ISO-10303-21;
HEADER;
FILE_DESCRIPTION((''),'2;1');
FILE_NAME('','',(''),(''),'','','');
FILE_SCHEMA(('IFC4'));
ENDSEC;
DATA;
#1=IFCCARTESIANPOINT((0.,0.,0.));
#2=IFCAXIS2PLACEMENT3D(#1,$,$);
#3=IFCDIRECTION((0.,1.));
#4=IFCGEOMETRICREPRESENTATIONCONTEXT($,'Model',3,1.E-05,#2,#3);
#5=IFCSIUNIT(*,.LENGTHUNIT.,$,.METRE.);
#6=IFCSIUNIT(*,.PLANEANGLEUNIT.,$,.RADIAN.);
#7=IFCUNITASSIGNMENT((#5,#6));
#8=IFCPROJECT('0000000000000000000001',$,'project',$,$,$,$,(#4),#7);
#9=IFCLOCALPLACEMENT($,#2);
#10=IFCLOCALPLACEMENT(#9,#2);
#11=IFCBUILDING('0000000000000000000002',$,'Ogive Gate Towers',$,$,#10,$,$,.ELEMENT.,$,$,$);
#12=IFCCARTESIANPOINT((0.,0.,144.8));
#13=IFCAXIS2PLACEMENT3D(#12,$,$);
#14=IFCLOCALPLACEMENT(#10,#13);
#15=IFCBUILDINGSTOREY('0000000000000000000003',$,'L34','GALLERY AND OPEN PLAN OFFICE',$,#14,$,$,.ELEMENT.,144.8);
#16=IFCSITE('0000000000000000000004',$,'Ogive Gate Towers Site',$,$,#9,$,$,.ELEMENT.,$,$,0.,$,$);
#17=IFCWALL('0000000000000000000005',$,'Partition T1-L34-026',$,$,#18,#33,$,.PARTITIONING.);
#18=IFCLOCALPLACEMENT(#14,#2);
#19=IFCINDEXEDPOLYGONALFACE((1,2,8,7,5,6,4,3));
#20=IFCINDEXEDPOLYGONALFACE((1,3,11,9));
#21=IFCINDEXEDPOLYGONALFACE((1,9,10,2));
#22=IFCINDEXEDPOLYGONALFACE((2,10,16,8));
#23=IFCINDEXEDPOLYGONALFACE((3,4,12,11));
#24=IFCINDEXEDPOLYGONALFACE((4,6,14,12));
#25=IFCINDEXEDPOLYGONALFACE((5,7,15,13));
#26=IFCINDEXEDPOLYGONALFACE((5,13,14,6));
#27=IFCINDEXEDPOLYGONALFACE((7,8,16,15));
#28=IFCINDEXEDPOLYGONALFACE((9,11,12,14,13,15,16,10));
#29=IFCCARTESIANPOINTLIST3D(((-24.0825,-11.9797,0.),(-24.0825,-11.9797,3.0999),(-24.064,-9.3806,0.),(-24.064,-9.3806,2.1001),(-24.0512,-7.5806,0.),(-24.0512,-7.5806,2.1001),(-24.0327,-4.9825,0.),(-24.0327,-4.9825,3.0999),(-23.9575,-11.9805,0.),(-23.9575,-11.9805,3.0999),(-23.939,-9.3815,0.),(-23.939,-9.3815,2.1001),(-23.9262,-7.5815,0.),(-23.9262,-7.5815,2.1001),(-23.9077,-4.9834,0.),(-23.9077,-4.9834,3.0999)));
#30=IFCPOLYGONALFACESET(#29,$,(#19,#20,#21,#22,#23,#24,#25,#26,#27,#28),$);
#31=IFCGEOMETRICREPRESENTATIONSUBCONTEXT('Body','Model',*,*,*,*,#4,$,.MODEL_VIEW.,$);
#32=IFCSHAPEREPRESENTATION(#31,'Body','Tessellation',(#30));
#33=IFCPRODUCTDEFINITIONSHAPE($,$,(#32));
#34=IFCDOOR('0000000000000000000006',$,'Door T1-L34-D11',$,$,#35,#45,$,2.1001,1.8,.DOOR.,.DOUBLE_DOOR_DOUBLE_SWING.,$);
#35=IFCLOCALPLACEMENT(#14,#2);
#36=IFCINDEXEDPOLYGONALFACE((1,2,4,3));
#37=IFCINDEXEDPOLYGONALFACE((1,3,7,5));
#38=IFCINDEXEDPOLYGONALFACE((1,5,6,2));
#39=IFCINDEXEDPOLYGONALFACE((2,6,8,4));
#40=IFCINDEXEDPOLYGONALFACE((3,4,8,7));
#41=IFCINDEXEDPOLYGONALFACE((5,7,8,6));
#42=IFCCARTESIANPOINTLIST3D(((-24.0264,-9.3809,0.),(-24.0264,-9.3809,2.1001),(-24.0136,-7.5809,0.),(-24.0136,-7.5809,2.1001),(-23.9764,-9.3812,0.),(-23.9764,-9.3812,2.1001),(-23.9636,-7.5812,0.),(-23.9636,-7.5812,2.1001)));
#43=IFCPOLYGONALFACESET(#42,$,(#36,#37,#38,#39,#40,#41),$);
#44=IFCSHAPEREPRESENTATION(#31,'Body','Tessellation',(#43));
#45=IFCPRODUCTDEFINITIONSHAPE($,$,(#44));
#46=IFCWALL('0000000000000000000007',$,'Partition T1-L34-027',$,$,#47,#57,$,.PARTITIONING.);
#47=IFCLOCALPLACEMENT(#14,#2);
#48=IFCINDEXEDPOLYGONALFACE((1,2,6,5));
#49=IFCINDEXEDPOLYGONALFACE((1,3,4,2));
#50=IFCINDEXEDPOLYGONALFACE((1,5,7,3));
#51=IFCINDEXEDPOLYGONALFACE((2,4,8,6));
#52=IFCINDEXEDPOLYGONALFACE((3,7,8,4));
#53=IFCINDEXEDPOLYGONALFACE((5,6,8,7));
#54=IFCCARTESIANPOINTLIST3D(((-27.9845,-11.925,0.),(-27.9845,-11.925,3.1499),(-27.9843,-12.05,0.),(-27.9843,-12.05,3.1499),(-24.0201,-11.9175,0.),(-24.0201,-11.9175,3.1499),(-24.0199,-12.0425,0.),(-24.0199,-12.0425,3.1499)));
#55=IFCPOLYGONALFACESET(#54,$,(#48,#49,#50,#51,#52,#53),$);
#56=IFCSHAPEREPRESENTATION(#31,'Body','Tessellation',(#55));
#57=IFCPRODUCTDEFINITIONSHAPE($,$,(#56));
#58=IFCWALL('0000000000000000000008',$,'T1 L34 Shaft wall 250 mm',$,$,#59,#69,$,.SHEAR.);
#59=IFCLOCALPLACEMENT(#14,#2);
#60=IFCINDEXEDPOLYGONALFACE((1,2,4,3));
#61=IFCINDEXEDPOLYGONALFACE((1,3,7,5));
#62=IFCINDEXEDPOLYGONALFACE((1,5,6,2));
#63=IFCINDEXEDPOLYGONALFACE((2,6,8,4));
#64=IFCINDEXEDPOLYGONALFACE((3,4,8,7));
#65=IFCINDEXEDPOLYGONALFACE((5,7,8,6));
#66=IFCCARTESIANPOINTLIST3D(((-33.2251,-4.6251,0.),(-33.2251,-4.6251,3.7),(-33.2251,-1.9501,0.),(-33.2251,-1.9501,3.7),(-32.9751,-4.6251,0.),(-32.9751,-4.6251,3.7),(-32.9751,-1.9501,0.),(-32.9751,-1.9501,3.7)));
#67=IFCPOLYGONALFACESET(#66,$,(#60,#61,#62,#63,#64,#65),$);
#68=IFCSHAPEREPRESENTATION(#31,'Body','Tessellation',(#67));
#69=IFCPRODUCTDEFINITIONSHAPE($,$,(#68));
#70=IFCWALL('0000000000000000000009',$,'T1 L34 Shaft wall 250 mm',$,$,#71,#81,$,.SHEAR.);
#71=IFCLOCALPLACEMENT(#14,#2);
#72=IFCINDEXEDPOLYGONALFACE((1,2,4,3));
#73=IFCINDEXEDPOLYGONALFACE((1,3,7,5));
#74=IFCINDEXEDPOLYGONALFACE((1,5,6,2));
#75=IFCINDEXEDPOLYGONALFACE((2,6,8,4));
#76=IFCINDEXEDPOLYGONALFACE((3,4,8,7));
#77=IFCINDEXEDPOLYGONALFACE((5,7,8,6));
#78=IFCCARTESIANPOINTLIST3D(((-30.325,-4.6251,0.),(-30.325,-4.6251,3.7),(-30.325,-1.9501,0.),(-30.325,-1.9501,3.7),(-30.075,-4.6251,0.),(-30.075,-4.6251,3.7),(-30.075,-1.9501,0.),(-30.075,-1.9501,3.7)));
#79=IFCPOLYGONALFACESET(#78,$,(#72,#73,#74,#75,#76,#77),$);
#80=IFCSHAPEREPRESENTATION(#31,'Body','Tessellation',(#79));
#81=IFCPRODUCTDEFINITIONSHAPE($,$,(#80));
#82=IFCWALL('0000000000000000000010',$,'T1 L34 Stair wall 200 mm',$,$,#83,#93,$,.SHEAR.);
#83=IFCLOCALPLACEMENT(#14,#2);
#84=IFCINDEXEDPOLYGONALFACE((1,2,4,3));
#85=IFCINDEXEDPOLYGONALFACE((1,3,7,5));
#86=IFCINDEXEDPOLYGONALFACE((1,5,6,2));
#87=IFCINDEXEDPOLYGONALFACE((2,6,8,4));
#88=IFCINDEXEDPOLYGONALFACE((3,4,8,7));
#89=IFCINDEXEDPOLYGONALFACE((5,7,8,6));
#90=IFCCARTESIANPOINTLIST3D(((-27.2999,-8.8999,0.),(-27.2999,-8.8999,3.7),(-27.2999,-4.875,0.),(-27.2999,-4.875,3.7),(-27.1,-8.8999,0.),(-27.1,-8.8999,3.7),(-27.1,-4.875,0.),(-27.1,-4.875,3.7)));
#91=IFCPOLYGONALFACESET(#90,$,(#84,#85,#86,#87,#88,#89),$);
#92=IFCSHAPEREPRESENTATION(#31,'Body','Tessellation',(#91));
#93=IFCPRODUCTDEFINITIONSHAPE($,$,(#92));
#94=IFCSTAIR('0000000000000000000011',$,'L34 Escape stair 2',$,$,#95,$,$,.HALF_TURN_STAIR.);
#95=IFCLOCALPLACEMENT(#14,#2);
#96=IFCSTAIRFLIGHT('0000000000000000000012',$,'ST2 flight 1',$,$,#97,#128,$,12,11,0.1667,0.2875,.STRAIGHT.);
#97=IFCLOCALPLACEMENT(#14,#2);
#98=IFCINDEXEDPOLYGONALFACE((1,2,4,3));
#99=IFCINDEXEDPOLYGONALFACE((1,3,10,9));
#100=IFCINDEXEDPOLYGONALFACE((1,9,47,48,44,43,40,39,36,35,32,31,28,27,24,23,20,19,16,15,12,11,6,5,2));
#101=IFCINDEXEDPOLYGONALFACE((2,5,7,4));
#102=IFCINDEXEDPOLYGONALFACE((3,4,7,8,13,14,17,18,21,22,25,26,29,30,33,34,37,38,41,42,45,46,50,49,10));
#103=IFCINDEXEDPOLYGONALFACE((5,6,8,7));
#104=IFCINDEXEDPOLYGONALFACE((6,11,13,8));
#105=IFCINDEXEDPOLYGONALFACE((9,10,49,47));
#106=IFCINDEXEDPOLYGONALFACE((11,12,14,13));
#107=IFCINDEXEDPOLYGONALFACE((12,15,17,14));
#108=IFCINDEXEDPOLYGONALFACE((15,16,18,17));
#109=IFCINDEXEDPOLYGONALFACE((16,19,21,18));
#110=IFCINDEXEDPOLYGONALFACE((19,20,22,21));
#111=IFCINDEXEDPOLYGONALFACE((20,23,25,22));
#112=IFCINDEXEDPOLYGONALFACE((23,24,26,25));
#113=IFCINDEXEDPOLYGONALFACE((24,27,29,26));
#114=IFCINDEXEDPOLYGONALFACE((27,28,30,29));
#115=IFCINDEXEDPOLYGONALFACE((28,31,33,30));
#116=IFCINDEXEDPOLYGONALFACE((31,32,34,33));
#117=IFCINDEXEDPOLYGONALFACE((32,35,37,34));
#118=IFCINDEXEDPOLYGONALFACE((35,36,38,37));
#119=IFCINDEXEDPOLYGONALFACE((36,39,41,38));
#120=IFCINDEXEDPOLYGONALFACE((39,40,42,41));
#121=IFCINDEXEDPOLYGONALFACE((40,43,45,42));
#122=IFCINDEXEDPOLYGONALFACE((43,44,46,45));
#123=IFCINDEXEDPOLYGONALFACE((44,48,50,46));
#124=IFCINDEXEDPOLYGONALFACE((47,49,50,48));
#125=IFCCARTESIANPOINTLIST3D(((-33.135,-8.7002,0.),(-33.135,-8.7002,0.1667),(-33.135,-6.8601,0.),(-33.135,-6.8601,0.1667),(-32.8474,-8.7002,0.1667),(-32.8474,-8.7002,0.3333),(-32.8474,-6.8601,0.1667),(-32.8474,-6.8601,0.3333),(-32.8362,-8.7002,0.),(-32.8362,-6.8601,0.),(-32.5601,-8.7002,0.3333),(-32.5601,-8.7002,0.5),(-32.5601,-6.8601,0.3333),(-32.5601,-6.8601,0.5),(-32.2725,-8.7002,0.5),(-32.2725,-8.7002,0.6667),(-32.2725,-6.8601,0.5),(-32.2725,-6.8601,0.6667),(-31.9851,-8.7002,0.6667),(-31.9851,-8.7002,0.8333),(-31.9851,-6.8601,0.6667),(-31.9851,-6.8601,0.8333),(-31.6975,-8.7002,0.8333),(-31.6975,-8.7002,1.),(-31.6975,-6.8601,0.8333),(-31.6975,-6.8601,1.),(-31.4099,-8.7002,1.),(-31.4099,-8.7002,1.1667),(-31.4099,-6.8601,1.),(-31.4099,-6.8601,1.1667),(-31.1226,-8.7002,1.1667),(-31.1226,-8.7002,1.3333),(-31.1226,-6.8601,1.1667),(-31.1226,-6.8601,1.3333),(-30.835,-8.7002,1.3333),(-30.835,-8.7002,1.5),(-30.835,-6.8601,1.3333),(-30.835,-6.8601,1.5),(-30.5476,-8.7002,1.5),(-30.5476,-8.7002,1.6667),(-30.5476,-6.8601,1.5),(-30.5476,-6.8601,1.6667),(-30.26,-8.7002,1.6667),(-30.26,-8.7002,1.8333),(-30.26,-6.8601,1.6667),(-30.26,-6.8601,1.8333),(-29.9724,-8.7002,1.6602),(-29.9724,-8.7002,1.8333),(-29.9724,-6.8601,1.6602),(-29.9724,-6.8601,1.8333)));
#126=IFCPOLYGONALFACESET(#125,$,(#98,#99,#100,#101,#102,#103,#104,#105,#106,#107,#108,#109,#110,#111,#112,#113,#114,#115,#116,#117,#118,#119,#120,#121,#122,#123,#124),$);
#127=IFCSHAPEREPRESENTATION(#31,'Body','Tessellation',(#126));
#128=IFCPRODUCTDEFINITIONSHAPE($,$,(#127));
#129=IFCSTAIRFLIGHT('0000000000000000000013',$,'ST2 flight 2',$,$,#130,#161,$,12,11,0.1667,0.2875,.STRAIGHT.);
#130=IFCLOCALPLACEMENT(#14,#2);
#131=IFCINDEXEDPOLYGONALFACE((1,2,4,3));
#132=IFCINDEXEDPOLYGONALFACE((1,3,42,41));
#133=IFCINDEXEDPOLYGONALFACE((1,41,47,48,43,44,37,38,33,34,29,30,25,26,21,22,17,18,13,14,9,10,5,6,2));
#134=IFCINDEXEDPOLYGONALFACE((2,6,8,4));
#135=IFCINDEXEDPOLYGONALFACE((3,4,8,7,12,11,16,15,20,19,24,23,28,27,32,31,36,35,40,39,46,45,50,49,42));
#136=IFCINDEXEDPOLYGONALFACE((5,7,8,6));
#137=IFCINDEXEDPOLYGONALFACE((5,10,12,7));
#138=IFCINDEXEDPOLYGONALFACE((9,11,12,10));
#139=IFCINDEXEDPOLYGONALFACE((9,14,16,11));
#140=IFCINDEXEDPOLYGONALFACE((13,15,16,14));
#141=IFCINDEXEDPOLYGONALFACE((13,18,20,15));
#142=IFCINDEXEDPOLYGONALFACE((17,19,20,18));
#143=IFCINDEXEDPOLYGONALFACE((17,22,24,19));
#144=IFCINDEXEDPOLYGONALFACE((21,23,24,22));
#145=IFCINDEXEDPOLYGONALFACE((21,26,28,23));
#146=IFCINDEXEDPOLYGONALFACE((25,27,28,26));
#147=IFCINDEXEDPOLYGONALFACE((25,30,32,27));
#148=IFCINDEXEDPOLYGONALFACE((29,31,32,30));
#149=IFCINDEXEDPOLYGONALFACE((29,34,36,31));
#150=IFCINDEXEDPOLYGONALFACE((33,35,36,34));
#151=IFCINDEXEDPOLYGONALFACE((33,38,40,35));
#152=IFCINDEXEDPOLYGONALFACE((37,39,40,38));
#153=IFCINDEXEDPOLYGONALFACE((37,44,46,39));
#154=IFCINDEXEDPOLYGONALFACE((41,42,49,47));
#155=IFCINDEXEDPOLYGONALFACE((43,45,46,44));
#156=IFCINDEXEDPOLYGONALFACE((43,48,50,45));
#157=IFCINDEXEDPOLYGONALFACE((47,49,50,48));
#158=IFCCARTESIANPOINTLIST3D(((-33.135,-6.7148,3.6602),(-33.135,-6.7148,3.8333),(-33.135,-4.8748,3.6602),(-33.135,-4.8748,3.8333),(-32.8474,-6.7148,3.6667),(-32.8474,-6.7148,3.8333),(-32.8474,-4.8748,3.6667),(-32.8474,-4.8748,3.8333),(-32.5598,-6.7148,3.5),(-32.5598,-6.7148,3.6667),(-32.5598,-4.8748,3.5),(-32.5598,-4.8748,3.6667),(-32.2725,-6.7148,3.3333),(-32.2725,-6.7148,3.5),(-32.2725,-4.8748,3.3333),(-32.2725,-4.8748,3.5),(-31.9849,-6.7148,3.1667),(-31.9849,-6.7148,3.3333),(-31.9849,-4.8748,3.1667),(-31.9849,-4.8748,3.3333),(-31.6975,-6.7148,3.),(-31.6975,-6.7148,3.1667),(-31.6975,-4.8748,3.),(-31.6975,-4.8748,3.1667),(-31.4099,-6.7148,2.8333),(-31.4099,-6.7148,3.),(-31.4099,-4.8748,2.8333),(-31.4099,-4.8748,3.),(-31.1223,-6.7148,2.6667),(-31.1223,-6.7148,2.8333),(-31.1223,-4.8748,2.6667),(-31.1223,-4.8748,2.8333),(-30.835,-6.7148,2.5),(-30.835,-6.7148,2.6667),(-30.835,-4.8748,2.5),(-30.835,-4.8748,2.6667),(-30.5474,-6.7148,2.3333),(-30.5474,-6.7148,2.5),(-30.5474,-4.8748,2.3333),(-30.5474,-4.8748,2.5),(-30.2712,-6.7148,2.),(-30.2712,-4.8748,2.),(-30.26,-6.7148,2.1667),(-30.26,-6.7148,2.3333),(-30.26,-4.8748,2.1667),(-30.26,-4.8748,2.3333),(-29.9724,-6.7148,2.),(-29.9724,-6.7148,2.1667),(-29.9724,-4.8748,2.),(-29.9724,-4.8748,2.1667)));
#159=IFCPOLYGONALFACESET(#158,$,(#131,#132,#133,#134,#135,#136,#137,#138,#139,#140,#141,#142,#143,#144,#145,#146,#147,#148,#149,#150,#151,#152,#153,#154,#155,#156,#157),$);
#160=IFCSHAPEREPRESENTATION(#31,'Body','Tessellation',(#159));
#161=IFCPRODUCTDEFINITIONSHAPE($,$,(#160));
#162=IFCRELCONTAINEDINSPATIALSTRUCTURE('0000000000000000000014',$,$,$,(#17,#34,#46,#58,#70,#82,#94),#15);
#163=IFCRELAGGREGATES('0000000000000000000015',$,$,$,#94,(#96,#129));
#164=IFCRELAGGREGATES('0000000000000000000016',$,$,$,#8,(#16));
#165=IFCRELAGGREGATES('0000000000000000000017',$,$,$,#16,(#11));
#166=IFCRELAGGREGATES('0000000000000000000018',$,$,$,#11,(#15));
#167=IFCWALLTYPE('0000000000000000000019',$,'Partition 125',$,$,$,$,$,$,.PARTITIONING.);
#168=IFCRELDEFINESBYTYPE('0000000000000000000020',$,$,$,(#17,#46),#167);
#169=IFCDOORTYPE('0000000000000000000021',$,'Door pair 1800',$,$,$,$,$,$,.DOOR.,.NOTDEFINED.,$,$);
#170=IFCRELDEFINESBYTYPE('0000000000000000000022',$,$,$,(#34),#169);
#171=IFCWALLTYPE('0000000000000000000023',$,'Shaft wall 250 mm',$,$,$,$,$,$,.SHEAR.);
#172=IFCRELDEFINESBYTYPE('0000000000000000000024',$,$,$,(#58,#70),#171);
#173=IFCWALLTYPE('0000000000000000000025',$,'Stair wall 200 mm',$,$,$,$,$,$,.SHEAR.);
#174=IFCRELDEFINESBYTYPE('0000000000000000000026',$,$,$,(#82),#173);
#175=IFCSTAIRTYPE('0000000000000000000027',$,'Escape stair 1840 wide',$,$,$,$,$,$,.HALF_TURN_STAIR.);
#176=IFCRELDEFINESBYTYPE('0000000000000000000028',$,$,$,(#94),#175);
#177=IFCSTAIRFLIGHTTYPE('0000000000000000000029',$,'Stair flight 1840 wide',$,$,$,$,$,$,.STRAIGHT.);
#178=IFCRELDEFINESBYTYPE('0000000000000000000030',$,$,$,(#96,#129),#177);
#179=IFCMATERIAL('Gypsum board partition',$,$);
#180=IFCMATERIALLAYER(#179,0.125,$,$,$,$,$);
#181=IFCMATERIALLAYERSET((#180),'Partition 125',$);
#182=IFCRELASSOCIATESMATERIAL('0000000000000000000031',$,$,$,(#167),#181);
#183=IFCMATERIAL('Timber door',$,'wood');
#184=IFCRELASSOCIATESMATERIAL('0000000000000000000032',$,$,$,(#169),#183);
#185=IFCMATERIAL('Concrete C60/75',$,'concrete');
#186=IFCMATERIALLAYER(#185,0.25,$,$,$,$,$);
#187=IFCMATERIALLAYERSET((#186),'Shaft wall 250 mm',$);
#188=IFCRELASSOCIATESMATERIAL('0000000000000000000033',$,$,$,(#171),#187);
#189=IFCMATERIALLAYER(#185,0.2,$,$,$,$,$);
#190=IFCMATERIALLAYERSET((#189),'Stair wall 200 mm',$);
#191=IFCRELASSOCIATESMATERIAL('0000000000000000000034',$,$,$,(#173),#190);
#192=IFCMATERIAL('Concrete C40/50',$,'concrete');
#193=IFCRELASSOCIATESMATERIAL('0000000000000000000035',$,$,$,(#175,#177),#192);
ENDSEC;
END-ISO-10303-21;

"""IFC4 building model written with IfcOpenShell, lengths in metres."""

from ifc_helpers import new_model, si_unit, direction, frame, frame_2d, origin, place, context, subcontext, project, spatial, polyline, rectangle, outline, extrude, material, layer, layer_set, type_object, element, fill, aggregate, save


model = new_model("IFC4")

# Units and contexts
model_context = context("Model", 3, precision=1e-05, world=origin(), true_north=direction((0.0, 1.0)))
body_context = subcontext(model_context, "Body", "Model", "MODEL_VIEW")
ifc_project = project(units=[si_unit("LENGTHUNIT", "METRE"), si_unit("PLANEANGLEUNIT", "RADIAN")], contexts=[model_context])

# Site, building, storey
site_placement = place(None, origin())
site = spatial("IfcSite", under=ifc_project, at=site_placement, Name="Ogive Gate Towers Site", CompositionType="ELEMENT", RefElevation=0.0)
building_placement = place(site_placement, origin())
building = spatial("IfcBuilding", under=site, at=building_placement, Name="Ogive Gate Towers", CompositionType="ELEMENT")
storey_placement = place(building_placement, frame((0.0, 0.0, 144.8)))
storey = spatial("IfcBuildingStorey", under=building, at=storey_placement, Name="L34", Description="GALLERY AND OPEN PLAN OFFICE", CompositionType="ELEMENT", Elevation=144.8)

# Shared definitions
ifc_material_1 = material(Name="Concrete C60/75", Category="concrete")

# Shared definitions
ifc_material_2 = material(Name="Gypsum board partition")
ifc_layer_1 = layer(ifc_material_2, 0.125)
ifc_layer_set_1 = layer_set([ifc_layer_1], Name="Partition 125")
wall_type_1 = type_object("IfcWallType", Name="Partition 125", PredefinedType="PARTITIONING", material=ifc_layer_set_1)

# Wall, opening, door
wall_1_placement = place(storey_placement, frame((-24.02, -11.98, 0.0), z_axis=(0.0, 0.0, 1.0), x_axis=(0.007118, 0.999975, 0.0)))
wall_1 = element("IfcWall", 1, at=wall_1_placement, inside=storey, type_object=wall_type_1, Name="Partition T1-L34-026", PredefinedType="PARTITIONING", context=body_context, shape_type="SweptSolid", body=[
    extrude(rectangle(XDim=6.9973, YDim=0.125, at=frame_2d((3.4985, 0.0))), origin(), (0.0, 0.0, 1.0), 3.0999),
])
opening_1_placement = place(wall_1_placement, frame((2.5991, 0.0, 0.0)))
opening_1 = element("IfcOpeningElement", 2, at=opening_1_placement, cuts=wall_1, PredefinedType="OPENING", context=body_context, shape_type="SweptSolid", body=[
    extrude(rectangle(XDim=1.8, YDim=2.1001, at=frame_2d((0.8999, 1.05))), frame((0.0, 0.0725, 0.0), z_axis=(0.0, -1.0, 0.0), x_axis=(1.0, 0.0, 0.0)), (0.0, 0.0, 1.0), 0.145),
])
ifc_material_3 = material(Name="Timber door", Category="wood")
door_type_1 = type_object("IfcDoorType", Name="Door pair 1800", OperationType="NOTDEFINED", PredefinedType="DOOR", material=ifc_material_3)
door_1_placement = place(opening_1_placement, origin())
door_1 = element("IfcDoor", 3, at=door_1_placement, inside=storey, type_object=door_type_1, Name="Door T1-L34-D11", OperationType="DOUBLE_DOOR_DOUBLE_SWING", OverallHeight=2.1001, OverallWidth=1.8, PredefinedType="DOOR", context=body_context, shape_type="SweptSolid", body=[
    extrude(rectangle(XDim=1.8, YDim=2.1001, at=frame_2d((0.8999, 1.05))), frame((0.0, 0.0249, 0.0), z_axis=(0.0, -1.0, 0.0), x_axis=(1.0, 0.0, 0.0)), (0.0, 0.0, 1.0), 0.05),
])
fill(opening_1, door_1)

# Walls
wall_2_placement = place(storey_placement, frame((-27.9844, -11.9875, 0.0), z_axis=(0.0, 0.0, 1.0), x_axis=(0.999998, 0.001909, 0.0)))
element("IfcWall", 4, at=wall_2_placement, inside=storey, type_object=wall_type_1, Name="Partition T1-L34-027", PredefinedType="PARTITIONING", context=body_context, shape_type="SweptSolid", body=[
    extrude(rectangle(XDim=3.9644, YDim=0.125, at=frame_2d((1.9822, 0.0))), origin(), (0.0, 0.0, 1.0), 3.1499),
])
ifc_layer_2 = layer(ifc_material_1, 0.25)
ifc_layer_set_2 = layer_set([ifc_layer_2], Name="Shaft wall 250 mm")
wall_type_2 = type_object("IfcWallType", Name="Shaft wall 250 mm", PredefinedType="SHEAR", material=ifc_layer_set_2)
for number, where, z_axis, x_axis, name in (
    (5, (-33.1001, -4.625, 0.0), (0.0, 0.0, 1.0), (0.0, 1.0, 0.0), "T1 L34 Shaft wall 250 mm"),
    (6, (-30.2, -4.625, 0.0), (0.0, 0.0, 1.0), (0.0, 1.0, 0.0), "T1 L34 Shaft wall 250 mm"),
):
    element("IfcWall", number, at=place(storey_placement, frame(where, z_axis=z_axis, x_axis=x_axis)), inside=storey, type_object=wall_type_2, Name=name, PredefinedType="SHEAR", context=body_context, shape_type="SweptSolid", body=[
        extrude(rectangle(XDim=2.675, YDim=0.25, at=frame_2d((1.3374, 0.0))), origin(), (0.0, 0.0, 1.0), 3.7),
    ])
ifc_layer_3 = layer(ifc_material_1, 0.2)
ifc_layer_set_3 = layer_set([ifc_layer_3], Name="Stair wall 200 mm")
wall_type_3 = type_object("IfcWallType", Name="Stair wall 200 mm", PredefinedType="SHEAR", material=ifc_layer_set_3)
wall_3_placement = place(storey_placement, frame((-27.2, -8.8999, 0.0), z_axis=(0.0, 0.0, 1.0), x_axis=(0.0, 1.0, 0.0)))
element("IfcWall", 7, at=wall_3_placement, inside=storey, type_object=wall_type_3, Name="T1 L34 Stair wall 200 mm", PredefinedType="SHEAR", context=body_context, shape_type="SweptSolid", body=[
    extrude(rectangle(XDim=4.0249, YDim=0.2, at=frame_2d((2.0125, 0.0))), origin(), (0.0, 0.0, 1.0), 3.7),
])

# Stair, stair flights
ifc_material_4 = material(Name="Concrete C40/50", Category="concrete")
stair_type = type_object("IfcStairType", Name="Escape stair 1840 wide", PredefinedType="HALF_TURN_STAIR", material=ifc_material_4)
stair_placement = place(storey_placement, origin())
stair = element("IfcStair", 8, at=stair_placement, inside=storey, type_object=stair_type, Name="L34 Escape stair 2", PredefinedType="HALF_TURN_STAIR")
stair_flight_type = type_object("IfcStairFlightType", Name="Stair flight 1840 wide", PredefinedType="STRAIGHT", material=ifc_material_4)
stair_flight_1_placement = place(storey_placement, frame((-33.135, -7.78, 0.0), z_axis=(0.0, 0.0, 1.0), x_axis=(1.0, 0.0, 0.0)))
stair_flight_1 = element("IfcStairFlight", 9, at=stair_flight_1_placement, type_object=stair_flight_type, Name="ST2 flight 1", NumberOfRisers=12, NumberOfTreads=11, PredefinedType="STRAIGHT", RiserHeight=0.1667, TreadLength=0.2875, context=body_context, shape_type="SweptSolid", body=[
    extrude(outline(polyline([(0.0, 0.0), (0.0, 0.1667), (0.2876, 0.1667), (0.2876, 0.3333), (0.575, 0.3333), (0.575, 0.5), (0.8625, 0.5), (0.8625, 0.6667), (1.1499, 0.6667), (1.1499, 0.8333), (1.4375, 0.8333), (1.4375, 1.0), (1.7251, 1.0), (1.7251, 1.1667), (2.0125, 1.1667), (2.0125, 1.3333), (2.3, 1.3333), (2.3, 1.5), (2.5874, 1.5), (2.5874, 1.6667), (2.875, 1.6667), (2.875, 1.8333), (3.1626, 1.8333), (3.1626, 2.0), (3.1626, 1.6602), (0.2988, 0.0), (0.0, 0.0)])), frame((0.0, 0.9199, 0.0), z_axis=(0.0, -1.0, 0.0), x_axis=(1.0, 0.0, 0.0)), (0.0, 0.0, 1.0), 1.8401),
])
stair_flight_2_placement = place(storey_placement, frame((-29.9724, -5.7949, 2.0), z_axis=(0.0, 0.0, 1.0), x_axis=(-1.0, 0.0, 0.0)))
stair_flight_2 = element("IfcStairFlight", 10, at=stair_flight_2_placement, type_object=stair_flight_type, Name="ST2 flight 2", NumberOfRisers=12, NumberOfTreads=11, PredefinedType="STRAIGHT", RiserHeight=0.1667, TreadLength=0.2875, context=body_context, shape_type="SweptSolid", body=[
    extrude(outline(polyline([(0.0, 0.0), (0.0, 0.1667), (0.2876, 0.1667), (0.2876, 0.3333), (0.575, 0.3333), (0.575, 0.5), (0.8625, 0.5), (0.8625, 0.6667), (1.1499, 0.6667), (1.1499, 0.8333), (1.4375, 0.8333), (1.4375, 1.0), (1.7251, 1.0), (1.7251, 1.1667), (2.0125, 1.1667), (2.0125, 1.3333), (2.3, 1.3333), (2.3, 1.5), (2.5874, 1.5), (2.5874, 1.6667), (2.875, 1.6667), (2.875, 1.8333), (3.1626, 1.8333), (3.1626, 2.0), (3.1626, 1.6602), (0.2988, 0.0), (0.0, 0.0)])), frame((0.0, 0.9199, 0.0), z_axis=(0.0, -1.0, 0.0), x_axis=(1.0, 0.0, 0.0)), (0.0, 0.0, 1.0), 1.8401),
])
aggregate(stair, [stair_flight_1, stair_flight_2])

save(model, "model.ifc")
